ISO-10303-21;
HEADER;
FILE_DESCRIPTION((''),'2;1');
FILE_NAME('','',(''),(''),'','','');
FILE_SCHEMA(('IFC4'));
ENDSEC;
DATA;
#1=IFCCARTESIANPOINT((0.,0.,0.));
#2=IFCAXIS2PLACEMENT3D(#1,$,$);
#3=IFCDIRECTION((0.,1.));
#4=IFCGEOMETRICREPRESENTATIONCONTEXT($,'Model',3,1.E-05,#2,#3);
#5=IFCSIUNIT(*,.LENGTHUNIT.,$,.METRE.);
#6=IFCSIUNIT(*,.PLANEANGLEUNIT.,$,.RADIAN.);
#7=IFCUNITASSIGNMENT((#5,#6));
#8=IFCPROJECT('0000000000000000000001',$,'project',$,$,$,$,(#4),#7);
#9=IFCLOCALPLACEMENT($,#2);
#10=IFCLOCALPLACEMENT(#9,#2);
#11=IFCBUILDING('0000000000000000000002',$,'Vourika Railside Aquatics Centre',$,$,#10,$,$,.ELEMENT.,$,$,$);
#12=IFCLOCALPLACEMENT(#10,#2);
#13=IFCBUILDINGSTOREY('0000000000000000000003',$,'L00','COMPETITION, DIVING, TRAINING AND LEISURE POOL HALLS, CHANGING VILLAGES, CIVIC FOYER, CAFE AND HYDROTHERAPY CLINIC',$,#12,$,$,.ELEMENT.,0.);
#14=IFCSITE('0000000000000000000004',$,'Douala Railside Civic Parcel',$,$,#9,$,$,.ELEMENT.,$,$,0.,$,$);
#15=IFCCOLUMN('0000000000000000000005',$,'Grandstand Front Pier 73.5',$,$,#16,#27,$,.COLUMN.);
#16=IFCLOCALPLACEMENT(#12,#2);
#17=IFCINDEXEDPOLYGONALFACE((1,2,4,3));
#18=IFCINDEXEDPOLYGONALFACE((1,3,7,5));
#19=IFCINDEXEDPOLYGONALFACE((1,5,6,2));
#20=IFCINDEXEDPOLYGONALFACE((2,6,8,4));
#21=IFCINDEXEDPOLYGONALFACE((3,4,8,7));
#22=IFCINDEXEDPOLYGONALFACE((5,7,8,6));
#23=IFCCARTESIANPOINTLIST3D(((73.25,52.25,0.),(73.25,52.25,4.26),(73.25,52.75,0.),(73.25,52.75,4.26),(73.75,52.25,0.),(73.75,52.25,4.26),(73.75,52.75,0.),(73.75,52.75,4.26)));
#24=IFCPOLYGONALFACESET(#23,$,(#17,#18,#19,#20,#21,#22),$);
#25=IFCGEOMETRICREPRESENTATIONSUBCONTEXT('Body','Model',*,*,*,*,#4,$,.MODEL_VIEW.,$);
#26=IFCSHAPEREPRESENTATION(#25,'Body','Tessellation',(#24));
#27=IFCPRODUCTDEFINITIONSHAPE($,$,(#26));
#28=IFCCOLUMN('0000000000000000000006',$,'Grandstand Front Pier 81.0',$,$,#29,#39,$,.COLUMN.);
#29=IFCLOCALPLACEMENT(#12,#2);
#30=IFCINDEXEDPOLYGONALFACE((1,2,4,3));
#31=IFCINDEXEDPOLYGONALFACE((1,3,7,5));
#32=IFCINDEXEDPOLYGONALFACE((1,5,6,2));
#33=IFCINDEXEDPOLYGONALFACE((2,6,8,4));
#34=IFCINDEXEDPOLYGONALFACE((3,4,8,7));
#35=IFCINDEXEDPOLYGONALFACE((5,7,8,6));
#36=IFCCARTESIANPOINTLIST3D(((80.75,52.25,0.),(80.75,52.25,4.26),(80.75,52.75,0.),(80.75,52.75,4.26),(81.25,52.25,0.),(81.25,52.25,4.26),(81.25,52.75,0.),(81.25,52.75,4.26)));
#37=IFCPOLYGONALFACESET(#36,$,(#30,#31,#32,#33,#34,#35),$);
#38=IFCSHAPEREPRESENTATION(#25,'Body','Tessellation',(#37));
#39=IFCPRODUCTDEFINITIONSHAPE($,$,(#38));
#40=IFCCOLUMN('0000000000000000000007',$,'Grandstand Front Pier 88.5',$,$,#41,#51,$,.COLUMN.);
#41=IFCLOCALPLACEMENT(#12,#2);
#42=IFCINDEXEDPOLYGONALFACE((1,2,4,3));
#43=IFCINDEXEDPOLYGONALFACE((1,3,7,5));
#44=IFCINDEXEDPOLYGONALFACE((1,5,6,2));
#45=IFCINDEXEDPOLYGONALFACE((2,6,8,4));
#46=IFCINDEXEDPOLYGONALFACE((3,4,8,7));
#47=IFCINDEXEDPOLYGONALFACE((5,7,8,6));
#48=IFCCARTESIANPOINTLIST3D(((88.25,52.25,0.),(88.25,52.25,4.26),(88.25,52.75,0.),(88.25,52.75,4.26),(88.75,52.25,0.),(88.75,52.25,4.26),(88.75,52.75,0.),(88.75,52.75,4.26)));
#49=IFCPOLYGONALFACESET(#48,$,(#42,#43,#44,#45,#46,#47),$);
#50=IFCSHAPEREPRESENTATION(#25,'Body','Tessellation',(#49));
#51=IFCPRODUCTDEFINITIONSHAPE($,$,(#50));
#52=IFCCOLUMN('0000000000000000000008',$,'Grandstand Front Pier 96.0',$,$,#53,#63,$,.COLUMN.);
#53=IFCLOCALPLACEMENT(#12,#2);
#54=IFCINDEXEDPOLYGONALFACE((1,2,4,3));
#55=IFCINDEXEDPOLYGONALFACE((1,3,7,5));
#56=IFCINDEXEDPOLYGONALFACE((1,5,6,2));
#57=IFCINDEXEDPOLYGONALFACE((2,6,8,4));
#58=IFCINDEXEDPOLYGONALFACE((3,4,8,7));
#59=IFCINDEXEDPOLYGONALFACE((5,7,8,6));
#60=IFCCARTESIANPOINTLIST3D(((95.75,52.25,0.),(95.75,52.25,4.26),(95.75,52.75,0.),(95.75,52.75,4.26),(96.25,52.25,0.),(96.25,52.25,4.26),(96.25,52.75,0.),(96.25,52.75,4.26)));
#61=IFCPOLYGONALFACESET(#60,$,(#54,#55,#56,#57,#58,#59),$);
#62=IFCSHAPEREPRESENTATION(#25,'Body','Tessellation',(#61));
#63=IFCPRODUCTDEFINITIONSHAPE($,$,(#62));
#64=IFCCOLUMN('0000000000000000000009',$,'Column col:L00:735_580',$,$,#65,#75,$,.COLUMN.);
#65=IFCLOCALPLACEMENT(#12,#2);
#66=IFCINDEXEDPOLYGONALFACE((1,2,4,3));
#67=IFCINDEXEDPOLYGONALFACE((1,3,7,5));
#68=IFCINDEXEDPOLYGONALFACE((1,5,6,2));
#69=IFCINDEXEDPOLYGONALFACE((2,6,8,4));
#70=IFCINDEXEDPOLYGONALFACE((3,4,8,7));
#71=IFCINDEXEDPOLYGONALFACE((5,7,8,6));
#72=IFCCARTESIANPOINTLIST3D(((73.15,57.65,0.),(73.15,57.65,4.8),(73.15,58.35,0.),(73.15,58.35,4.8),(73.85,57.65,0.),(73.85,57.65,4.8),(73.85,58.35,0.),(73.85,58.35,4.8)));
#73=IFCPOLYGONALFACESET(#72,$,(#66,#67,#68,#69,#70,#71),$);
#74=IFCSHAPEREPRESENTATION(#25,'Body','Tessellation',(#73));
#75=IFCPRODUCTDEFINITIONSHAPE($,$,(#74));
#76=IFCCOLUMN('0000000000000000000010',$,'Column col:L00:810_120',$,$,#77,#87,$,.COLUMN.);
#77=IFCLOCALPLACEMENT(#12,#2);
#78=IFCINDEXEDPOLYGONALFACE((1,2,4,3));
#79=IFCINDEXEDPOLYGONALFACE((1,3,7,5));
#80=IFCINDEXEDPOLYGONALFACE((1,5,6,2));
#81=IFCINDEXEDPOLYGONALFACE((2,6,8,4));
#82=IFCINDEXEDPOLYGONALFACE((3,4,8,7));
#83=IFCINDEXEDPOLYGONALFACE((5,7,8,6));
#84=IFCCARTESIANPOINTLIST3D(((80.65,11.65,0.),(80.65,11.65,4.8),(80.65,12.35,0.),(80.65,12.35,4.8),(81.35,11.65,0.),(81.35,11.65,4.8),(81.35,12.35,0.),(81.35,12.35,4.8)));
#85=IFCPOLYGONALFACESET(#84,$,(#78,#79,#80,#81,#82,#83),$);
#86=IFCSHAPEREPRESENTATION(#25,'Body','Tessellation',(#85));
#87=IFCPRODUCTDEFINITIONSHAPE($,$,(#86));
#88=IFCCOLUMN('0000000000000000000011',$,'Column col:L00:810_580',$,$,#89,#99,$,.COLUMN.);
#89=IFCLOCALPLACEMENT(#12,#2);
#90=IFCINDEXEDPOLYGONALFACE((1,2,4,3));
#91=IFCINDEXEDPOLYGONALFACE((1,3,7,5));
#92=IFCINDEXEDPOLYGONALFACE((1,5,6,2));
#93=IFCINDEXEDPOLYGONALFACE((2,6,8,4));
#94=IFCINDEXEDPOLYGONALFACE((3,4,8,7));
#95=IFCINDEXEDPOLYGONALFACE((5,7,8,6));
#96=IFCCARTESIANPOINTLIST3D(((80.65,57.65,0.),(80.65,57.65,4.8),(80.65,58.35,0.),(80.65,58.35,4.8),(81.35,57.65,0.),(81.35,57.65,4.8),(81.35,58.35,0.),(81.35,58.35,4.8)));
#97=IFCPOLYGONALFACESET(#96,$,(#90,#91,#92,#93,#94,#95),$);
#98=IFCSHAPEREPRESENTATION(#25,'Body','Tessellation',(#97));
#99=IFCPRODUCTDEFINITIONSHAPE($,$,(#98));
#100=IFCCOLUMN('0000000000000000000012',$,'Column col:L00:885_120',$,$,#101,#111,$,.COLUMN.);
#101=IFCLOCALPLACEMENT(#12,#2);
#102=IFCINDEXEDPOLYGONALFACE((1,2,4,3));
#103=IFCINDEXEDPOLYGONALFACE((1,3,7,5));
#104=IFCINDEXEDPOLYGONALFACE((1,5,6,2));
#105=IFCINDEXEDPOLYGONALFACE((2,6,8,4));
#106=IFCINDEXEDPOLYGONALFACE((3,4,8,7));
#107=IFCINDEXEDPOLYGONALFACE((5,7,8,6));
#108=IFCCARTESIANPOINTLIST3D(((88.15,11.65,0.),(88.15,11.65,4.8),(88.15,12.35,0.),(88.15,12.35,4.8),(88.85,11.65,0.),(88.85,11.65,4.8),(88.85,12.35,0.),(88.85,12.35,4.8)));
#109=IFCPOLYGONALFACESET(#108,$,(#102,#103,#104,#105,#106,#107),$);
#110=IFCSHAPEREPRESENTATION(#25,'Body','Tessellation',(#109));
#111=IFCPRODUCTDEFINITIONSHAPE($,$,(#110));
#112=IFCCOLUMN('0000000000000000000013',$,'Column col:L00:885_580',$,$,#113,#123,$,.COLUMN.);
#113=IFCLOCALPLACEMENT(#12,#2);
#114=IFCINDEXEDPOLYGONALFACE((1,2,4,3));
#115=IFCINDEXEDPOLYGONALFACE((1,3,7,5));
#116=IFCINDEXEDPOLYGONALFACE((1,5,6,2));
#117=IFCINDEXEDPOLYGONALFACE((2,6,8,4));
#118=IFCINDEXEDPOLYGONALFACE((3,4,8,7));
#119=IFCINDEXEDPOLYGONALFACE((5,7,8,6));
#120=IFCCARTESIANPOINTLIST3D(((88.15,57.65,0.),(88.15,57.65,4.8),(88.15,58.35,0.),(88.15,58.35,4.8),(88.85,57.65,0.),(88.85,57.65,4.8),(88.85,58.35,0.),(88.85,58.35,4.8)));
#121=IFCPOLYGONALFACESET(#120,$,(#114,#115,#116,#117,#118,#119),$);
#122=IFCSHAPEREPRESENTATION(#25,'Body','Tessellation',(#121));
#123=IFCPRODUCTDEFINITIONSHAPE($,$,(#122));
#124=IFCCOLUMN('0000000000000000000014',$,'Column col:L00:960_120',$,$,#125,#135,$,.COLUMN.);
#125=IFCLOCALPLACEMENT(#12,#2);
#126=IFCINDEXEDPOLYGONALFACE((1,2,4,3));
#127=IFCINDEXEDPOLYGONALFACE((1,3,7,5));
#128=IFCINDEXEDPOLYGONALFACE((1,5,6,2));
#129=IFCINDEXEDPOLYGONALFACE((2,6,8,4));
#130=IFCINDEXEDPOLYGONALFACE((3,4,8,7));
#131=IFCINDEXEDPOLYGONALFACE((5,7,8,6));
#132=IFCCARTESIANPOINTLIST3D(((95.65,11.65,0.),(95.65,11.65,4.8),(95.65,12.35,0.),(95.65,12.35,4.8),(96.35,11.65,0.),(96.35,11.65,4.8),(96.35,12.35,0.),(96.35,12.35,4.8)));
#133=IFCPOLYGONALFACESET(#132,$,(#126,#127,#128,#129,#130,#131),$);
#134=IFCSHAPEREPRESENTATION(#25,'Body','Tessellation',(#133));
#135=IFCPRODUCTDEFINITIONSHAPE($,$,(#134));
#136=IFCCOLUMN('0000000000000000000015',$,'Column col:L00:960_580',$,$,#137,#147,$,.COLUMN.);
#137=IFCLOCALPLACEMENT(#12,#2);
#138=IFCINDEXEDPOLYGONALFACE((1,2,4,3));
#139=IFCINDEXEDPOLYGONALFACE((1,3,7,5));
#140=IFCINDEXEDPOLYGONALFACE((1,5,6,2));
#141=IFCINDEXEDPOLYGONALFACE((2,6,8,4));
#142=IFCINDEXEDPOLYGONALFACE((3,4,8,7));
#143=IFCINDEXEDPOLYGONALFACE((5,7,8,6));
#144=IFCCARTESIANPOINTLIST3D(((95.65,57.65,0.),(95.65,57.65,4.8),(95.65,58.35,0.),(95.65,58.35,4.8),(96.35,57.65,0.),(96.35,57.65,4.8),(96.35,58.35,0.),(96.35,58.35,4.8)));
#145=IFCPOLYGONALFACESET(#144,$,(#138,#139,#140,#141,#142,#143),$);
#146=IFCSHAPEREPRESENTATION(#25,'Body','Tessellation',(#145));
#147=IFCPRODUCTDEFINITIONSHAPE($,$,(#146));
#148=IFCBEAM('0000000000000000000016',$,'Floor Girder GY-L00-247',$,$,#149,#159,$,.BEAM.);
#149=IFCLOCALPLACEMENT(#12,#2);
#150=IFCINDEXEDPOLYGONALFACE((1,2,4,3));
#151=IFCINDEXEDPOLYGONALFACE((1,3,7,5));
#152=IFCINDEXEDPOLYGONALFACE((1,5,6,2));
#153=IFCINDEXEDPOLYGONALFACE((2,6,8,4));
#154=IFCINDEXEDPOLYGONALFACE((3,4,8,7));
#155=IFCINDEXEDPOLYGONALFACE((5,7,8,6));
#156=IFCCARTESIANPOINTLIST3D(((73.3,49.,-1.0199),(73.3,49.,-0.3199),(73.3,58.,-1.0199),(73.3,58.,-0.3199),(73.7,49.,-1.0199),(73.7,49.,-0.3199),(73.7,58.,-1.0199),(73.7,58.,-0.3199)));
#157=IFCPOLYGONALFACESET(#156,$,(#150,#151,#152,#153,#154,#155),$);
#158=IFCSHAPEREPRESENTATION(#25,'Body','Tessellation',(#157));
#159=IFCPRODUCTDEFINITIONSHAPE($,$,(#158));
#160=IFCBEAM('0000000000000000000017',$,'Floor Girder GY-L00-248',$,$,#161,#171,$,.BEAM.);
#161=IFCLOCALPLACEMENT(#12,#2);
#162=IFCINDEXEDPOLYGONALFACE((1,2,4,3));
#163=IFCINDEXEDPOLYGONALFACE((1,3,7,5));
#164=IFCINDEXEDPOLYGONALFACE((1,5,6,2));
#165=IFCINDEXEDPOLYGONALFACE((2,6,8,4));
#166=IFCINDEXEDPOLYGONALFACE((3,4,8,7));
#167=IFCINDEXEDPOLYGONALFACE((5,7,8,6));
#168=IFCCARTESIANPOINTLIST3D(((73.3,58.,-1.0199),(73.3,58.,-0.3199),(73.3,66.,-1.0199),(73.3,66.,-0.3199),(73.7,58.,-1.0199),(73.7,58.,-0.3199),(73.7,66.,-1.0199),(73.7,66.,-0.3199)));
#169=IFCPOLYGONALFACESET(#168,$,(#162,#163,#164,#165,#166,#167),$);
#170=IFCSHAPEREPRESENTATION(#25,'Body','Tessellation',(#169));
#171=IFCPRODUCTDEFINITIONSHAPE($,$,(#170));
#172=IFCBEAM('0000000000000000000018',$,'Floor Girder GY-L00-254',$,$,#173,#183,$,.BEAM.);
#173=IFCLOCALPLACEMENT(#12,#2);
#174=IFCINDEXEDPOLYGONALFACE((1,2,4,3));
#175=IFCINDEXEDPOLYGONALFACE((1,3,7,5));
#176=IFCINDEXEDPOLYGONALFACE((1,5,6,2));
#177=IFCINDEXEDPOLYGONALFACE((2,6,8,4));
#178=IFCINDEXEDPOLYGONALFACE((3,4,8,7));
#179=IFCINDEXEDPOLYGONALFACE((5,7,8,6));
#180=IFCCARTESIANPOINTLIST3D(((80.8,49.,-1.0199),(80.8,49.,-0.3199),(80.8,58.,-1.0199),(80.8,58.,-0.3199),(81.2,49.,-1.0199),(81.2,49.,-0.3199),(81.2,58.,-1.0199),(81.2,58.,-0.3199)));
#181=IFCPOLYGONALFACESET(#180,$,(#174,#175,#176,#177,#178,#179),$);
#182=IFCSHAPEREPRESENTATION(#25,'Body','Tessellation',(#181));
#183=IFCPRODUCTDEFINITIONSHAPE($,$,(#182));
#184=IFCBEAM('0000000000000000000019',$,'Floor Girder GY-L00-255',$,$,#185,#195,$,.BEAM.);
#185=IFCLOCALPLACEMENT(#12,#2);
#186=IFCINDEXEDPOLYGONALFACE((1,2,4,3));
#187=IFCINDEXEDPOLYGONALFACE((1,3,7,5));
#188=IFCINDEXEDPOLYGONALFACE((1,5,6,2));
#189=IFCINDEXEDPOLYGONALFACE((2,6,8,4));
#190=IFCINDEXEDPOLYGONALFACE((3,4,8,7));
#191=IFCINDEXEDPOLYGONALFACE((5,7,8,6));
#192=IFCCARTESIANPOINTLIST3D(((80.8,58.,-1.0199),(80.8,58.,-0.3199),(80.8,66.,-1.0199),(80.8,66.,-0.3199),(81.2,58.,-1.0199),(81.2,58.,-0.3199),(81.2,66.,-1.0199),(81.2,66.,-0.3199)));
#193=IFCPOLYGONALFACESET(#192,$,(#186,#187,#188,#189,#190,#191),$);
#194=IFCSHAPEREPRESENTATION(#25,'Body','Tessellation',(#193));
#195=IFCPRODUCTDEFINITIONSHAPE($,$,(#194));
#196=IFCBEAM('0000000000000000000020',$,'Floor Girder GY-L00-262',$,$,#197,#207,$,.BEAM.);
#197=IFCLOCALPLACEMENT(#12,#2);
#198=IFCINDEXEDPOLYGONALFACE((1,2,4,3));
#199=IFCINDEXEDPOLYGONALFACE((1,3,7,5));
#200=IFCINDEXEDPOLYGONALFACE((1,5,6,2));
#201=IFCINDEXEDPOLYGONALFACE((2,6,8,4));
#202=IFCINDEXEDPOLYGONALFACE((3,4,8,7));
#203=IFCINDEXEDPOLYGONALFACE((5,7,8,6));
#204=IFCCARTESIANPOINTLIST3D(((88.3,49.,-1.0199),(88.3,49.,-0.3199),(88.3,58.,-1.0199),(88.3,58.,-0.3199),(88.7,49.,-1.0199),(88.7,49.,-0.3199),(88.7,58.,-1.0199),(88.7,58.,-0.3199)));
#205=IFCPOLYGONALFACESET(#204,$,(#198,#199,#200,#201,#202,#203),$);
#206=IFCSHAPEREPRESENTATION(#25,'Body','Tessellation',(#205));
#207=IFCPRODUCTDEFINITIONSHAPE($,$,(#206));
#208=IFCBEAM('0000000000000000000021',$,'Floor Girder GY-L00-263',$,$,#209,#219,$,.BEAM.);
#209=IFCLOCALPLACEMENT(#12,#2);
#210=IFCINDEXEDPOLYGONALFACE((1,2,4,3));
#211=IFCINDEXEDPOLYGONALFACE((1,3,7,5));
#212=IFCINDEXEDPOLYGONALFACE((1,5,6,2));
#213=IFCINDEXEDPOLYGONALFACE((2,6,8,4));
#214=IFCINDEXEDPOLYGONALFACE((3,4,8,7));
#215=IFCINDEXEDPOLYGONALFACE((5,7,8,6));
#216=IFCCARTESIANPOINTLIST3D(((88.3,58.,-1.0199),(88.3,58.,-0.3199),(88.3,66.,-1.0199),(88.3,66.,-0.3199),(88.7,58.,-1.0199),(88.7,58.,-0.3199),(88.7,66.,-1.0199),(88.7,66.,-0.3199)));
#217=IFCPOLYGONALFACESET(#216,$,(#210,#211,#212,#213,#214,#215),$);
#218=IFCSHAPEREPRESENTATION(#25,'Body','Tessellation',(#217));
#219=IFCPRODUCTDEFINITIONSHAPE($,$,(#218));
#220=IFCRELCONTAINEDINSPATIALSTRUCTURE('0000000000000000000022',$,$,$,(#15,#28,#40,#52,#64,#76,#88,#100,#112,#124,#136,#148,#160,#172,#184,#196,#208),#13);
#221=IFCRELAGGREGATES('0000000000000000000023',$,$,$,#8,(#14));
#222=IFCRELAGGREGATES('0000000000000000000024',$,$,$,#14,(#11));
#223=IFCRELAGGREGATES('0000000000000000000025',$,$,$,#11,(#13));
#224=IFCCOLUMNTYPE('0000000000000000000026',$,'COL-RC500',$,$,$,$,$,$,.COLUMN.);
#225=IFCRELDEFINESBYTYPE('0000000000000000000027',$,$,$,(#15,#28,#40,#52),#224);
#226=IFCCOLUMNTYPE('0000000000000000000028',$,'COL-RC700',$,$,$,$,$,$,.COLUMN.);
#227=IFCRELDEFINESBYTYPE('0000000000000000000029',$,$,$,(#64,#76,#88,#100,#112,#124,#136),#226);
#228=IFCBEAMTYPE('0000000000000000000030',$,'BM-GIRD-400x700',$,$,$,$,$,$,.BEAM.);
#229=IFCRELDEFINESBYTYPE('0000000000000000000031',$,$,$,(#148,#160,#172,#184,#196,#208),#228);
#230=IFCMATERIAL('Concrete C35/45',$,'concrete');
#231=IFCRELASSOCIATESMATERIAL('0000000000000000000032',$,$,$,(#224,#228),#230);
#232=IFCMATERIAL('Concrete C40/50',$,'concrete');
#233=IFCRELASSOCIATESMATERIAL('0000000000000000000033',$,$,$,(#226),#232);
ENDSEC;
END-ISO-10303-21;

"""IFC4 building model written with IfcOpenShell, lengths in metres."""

from ifc_helpers import new_model, si_unit, direction, frame, origin, origin_2d, place, context, subcontext, project, spatial, rectangle, extrude, material, material_profile, profile_set, type_object, element, save


model = new_model("IFC4")

# Units and contexts
model_context = context("Model", 3, precision=1e-05, world=origin(), true_north=direction((0.0, 1.0)))
body_context = subcontext(model_context, "Body", "Model", "MODEL_VIEW")
ifc_project = project(units=[si_unit("LENGTHUNIT", "METRE"), si_unit("PLANEANGLEUNIT", "RADIAN")], contexts=[model_context])

# Site, building, storey
site_placement = place(None, origin())
site = spatial("IfcSite", under=ifc_project, at=site_placement, Name="Douala Railside Civic Parcel", CompositionType="ELEMENT", RefElevation=0.0)
building_placement = place(site_placement, origin())
building = spatial("IfcBuilding", under=site, at=building_placement, Name="Vourika Railside Aquatics Centre", CompositionType="ELEMENT")
storey_placement = place(building_placement, origin())
storey = spatial("IfcBuildingStorey", under=building, at=storey_placement, Name="L00", Description="COMPETITION, DIVING, TRAINING AND LEISURE POOL HALLS, CHANGING VILLAGES, CIVIC FOYER, CAFE AND HYDROTHERAPY CLINIC", CompositionType="ELEMENT", Elevation=0.0)

# Columns
ifc_material_1 = material(Name="Concrete C35/45", Category="concrete")
ifc_material_profile_1 = material_profile(ifc_material_1, rectangle(XDim=0.5, YDim=0.5, at=origin_2d()), Name="RC 500x500")
ifc_profile_set_1 = profile_set([ifc_material_profile_1], Name="Concrete C35/45")
column_type_1 = type_object("IfcColumnType", Name="COL-RC500", PredefinedType="COLUMN", material=ifc_profile_set_1)
for number, where, z_axis, x_axis, name in (
    (1, (73.5, 52.5, 0.0), (0.0, 0.0, 1.0), (1.0, 0.0, 0.0), "Grandstand Front Pier 73.5"),
    (2, (81.0, 52.5, 0.0), (0.0, 0.0, 1.0), (1.0, 0.0, 0.0), "Grandstand Front Pier 81.0"),
    (3, (88.5, 52.5, 0.0), (0.0, 0.0, 1.0), (1.0, 0.0, 0.0), "Grandstand Front Pier 88.5"),
    (4, (96.0, 52.5, 0.0), (0.0, 0.0, 1.0), (1.0, 0.0, 0.0), "Grandstand Front Pier 96.0"),
):
    element("IfcColumn", number, at=place(storey_placement, frame(where, z_axis=z_axis, x_axis=x_axis)), inside=storey, type_object=column_type_1, Name=name, PredefinedType="COLUMN", context=body_context, shape_type="SweptSolid", body=[
        extrude(rectangle(XDim=0.5, YDim=0.5, at=origin_2d()), origin(), (0.0, 0.0, 1.0), 4.26),
    ])
ifc_material_2 = material(Name="Concrete C40/50", Category="concrete")
ifc_material_profile_2 = material_profile(ifc_material_2, rectangle(XDim=0.7, YDim=0.7, at=origin_2d()), Name="RC 700x700")
ifc_profile_set_2 = profile_set([ifc_material_profile_2], Name="Concrete C40/50")
column_type_2 = type_object("IfcColumnType", Name="COL-RC700", PredefinedType="COLUMN", material=ifc_profile_set_2)
for number, where, z_axis, x_axis, name in (
    (5, (73.5, 58.0, 0.0), (0.0, 0.0, 1.0), (1.0, 0.0, 0.0), "Column col:L00:735_580"),
    (6, (81.0, 12.0, 0.0), (0.0, 0.0, 1.0), (1.0, 0.0, 0.0), "Column col:L00:810_120"),
    (7, (81.0, 58.0, 0.0), (0.0, 0.0, 1.0), (1.0, 0.0, 0.0), "Column col:L00:810_580"),
    (8, (88.5, 12.0, 0.0), (0.0, 0.0, 1.0), (1.0, 0.0, 0.0), "Column col:L00:885_120"),
    (9, (88.5, 58.0, 0.0), (0.0, 0.0, 1.0), (1.0, 0.0, 0.0), "Column col:L00:885_580"),
    (10, (96.0, 12.0, 0.0), (0.0, 0.0, 1.0), (1.0, 0.0, 0.0), "Column col:L00:960_120"),
    (11, (96.0, 58.0, 0.0), (0.0, 0.0, 1.0), (1.0, 0.0, 0.0), "Column col:L00:960_580"),
):
    element("IfcColumn", number, at=place(storey_placement, frame(where, z_axis=z_axis, x_axis=x_axis)), inside=storey, type_object=column_type_2, Name=name, PredefinedType="COLUMN", context=body_context, shape_type="SweptSolid", body=[
        extrude(rectangle(XDim=0.7, YDim=0.7, at=origin_2d()), origin(), (0.0, 0.0, 1.0), 4.8),
    ])

# Beams
ifc_material_profile_3 = material_profile(ifc_material_1, rectangle(XDim=0.3999, YDim=0.7, at=origin_2d()), Name="RC 400x700")
ifc_profile_set_3 = profile_set([ifc_material_profile_3], Name="Concrete C35/45")
beam_type_1 = type_object("IfcBeamType", Name="BM-GIRD-400x700", PredefinedType="BEAM", material=ifc_profile_set_3)
beam_1_placement = place(storey_placement, frame((73.5, 49.0, -0.6699), z_axis=(0.0, 1.0, 0.0), x_axis=(-1.0, 0.0, 0.0)))
element("IfcBeam", 12, at=beam_1_placement, inside=storey, type_object=beam_type_1, Name="Floor Girder GY-L00-247", PredefinedType="BEAM", context=body_context, shape_type="SweptSolid", body=[
    extrude(rectangle(XDim=0.3999, YDim=0.7, at=origin_2d()), origin(), (0.0, 0.0, 1.0), 9.0),
])
beam_2_placement = place(storey_placement, frame((73.5, 58.0, -0.6699), z_axis=(0.0, 1.0, 0.0), x_axis=(-1.0, 0.0, 0.0)))
element("IfcBeam", 13, at=beam_2_placement, inside=storey, type_object=beam_type_1, Name="Floor Girder GY-L00-248", PredefinedType="BEAM", context=body_context, shape_type="SweptSolid", body=[
    extrude(rectangle(XDim=0.3999, YDim=0.7, at=origin_2d()), origin(), (0.0, 0.0, 1.0), 8.0),
])
beam_3_placement = place(storey_placement, frame((81.0, 49.0, -0.6699), z_axis=(0.0, 1.0, 0.0), x_axis=(-1.0, 0.0, 0.0)))
element("IfcBeam", 14, at=beam_3_placement, inside=storey, type_object=beam_type_1, Name="Floor Girder GY-L00-254", PredefinedType="BEAM", context=body_context, shape_type="SweptSolid", body=[
    extrude(rectangle(XDim=0.3999, YDim=0.7, at=origin_2d()), origin(), (0.0, 0.0, 1.0), 9.0),
])
beam_4_placement = place(storey_placement, frame((81.0, 58.0, -0.6699), z_axis=(0.0, 1.0, 0.0), x_axis=(-1.0, 0.0, 0.0)))
element("IfcBeam", 15, at=beam_4_placement, inside=storey, type_object=beam_type_1, Name="Floor Girder GY-L00-255", PredefinedType="BEAM", context=body_context, shape_type="SweptSolid", body=[
    extrude(rectangle(XDim=0.3999, YDim=0.7, at=origin_2d()), origin(), (0.0, 0.0, 1.0), 8.0),
])
beam_5_placement = place(storey_placement, frame((88.5, 49.0, -0.6699), z_axis=(0.0, 1.0, 0.0), x_axis=(-1.0, 0.0, 0.0)))
element("IfcBeam", 16, at=beam_5_placement, inside=storey, type_object=beam_type_1, Name="Floor Girder GY-L00-262", PredefinedType="BEAM", context=body_context, shape_type="SweptSolid", body=[
    extrude(rectangle(XDim=0.3999, YDim=0.7, at=origin_2d()), origin(), (0.0, 0.0, 1.0), 9.0),
])
beam_6_placement = place(storey_placement, frame((88.5, 58.0, -0.6699), z_axis=(0.0, 1.0, 0.0), x_axis=(-1.0, 0.0, 0.0)))
element("IfcBeam", 17, at=beam_6_placement, inside=storey, type_object=beam_type_1, Name="Floor Girder GY-L00-263", PredefinedType="BEAM", context=body_context, shape_type="SweptSolid", body=[
    extrude(rectangle(XDim=0.3999, YDim=0.7, at=origin_2d()), origin(), (0.0, 0.0, 1.0), 8.0),
])

save(model, "model.ifc")
